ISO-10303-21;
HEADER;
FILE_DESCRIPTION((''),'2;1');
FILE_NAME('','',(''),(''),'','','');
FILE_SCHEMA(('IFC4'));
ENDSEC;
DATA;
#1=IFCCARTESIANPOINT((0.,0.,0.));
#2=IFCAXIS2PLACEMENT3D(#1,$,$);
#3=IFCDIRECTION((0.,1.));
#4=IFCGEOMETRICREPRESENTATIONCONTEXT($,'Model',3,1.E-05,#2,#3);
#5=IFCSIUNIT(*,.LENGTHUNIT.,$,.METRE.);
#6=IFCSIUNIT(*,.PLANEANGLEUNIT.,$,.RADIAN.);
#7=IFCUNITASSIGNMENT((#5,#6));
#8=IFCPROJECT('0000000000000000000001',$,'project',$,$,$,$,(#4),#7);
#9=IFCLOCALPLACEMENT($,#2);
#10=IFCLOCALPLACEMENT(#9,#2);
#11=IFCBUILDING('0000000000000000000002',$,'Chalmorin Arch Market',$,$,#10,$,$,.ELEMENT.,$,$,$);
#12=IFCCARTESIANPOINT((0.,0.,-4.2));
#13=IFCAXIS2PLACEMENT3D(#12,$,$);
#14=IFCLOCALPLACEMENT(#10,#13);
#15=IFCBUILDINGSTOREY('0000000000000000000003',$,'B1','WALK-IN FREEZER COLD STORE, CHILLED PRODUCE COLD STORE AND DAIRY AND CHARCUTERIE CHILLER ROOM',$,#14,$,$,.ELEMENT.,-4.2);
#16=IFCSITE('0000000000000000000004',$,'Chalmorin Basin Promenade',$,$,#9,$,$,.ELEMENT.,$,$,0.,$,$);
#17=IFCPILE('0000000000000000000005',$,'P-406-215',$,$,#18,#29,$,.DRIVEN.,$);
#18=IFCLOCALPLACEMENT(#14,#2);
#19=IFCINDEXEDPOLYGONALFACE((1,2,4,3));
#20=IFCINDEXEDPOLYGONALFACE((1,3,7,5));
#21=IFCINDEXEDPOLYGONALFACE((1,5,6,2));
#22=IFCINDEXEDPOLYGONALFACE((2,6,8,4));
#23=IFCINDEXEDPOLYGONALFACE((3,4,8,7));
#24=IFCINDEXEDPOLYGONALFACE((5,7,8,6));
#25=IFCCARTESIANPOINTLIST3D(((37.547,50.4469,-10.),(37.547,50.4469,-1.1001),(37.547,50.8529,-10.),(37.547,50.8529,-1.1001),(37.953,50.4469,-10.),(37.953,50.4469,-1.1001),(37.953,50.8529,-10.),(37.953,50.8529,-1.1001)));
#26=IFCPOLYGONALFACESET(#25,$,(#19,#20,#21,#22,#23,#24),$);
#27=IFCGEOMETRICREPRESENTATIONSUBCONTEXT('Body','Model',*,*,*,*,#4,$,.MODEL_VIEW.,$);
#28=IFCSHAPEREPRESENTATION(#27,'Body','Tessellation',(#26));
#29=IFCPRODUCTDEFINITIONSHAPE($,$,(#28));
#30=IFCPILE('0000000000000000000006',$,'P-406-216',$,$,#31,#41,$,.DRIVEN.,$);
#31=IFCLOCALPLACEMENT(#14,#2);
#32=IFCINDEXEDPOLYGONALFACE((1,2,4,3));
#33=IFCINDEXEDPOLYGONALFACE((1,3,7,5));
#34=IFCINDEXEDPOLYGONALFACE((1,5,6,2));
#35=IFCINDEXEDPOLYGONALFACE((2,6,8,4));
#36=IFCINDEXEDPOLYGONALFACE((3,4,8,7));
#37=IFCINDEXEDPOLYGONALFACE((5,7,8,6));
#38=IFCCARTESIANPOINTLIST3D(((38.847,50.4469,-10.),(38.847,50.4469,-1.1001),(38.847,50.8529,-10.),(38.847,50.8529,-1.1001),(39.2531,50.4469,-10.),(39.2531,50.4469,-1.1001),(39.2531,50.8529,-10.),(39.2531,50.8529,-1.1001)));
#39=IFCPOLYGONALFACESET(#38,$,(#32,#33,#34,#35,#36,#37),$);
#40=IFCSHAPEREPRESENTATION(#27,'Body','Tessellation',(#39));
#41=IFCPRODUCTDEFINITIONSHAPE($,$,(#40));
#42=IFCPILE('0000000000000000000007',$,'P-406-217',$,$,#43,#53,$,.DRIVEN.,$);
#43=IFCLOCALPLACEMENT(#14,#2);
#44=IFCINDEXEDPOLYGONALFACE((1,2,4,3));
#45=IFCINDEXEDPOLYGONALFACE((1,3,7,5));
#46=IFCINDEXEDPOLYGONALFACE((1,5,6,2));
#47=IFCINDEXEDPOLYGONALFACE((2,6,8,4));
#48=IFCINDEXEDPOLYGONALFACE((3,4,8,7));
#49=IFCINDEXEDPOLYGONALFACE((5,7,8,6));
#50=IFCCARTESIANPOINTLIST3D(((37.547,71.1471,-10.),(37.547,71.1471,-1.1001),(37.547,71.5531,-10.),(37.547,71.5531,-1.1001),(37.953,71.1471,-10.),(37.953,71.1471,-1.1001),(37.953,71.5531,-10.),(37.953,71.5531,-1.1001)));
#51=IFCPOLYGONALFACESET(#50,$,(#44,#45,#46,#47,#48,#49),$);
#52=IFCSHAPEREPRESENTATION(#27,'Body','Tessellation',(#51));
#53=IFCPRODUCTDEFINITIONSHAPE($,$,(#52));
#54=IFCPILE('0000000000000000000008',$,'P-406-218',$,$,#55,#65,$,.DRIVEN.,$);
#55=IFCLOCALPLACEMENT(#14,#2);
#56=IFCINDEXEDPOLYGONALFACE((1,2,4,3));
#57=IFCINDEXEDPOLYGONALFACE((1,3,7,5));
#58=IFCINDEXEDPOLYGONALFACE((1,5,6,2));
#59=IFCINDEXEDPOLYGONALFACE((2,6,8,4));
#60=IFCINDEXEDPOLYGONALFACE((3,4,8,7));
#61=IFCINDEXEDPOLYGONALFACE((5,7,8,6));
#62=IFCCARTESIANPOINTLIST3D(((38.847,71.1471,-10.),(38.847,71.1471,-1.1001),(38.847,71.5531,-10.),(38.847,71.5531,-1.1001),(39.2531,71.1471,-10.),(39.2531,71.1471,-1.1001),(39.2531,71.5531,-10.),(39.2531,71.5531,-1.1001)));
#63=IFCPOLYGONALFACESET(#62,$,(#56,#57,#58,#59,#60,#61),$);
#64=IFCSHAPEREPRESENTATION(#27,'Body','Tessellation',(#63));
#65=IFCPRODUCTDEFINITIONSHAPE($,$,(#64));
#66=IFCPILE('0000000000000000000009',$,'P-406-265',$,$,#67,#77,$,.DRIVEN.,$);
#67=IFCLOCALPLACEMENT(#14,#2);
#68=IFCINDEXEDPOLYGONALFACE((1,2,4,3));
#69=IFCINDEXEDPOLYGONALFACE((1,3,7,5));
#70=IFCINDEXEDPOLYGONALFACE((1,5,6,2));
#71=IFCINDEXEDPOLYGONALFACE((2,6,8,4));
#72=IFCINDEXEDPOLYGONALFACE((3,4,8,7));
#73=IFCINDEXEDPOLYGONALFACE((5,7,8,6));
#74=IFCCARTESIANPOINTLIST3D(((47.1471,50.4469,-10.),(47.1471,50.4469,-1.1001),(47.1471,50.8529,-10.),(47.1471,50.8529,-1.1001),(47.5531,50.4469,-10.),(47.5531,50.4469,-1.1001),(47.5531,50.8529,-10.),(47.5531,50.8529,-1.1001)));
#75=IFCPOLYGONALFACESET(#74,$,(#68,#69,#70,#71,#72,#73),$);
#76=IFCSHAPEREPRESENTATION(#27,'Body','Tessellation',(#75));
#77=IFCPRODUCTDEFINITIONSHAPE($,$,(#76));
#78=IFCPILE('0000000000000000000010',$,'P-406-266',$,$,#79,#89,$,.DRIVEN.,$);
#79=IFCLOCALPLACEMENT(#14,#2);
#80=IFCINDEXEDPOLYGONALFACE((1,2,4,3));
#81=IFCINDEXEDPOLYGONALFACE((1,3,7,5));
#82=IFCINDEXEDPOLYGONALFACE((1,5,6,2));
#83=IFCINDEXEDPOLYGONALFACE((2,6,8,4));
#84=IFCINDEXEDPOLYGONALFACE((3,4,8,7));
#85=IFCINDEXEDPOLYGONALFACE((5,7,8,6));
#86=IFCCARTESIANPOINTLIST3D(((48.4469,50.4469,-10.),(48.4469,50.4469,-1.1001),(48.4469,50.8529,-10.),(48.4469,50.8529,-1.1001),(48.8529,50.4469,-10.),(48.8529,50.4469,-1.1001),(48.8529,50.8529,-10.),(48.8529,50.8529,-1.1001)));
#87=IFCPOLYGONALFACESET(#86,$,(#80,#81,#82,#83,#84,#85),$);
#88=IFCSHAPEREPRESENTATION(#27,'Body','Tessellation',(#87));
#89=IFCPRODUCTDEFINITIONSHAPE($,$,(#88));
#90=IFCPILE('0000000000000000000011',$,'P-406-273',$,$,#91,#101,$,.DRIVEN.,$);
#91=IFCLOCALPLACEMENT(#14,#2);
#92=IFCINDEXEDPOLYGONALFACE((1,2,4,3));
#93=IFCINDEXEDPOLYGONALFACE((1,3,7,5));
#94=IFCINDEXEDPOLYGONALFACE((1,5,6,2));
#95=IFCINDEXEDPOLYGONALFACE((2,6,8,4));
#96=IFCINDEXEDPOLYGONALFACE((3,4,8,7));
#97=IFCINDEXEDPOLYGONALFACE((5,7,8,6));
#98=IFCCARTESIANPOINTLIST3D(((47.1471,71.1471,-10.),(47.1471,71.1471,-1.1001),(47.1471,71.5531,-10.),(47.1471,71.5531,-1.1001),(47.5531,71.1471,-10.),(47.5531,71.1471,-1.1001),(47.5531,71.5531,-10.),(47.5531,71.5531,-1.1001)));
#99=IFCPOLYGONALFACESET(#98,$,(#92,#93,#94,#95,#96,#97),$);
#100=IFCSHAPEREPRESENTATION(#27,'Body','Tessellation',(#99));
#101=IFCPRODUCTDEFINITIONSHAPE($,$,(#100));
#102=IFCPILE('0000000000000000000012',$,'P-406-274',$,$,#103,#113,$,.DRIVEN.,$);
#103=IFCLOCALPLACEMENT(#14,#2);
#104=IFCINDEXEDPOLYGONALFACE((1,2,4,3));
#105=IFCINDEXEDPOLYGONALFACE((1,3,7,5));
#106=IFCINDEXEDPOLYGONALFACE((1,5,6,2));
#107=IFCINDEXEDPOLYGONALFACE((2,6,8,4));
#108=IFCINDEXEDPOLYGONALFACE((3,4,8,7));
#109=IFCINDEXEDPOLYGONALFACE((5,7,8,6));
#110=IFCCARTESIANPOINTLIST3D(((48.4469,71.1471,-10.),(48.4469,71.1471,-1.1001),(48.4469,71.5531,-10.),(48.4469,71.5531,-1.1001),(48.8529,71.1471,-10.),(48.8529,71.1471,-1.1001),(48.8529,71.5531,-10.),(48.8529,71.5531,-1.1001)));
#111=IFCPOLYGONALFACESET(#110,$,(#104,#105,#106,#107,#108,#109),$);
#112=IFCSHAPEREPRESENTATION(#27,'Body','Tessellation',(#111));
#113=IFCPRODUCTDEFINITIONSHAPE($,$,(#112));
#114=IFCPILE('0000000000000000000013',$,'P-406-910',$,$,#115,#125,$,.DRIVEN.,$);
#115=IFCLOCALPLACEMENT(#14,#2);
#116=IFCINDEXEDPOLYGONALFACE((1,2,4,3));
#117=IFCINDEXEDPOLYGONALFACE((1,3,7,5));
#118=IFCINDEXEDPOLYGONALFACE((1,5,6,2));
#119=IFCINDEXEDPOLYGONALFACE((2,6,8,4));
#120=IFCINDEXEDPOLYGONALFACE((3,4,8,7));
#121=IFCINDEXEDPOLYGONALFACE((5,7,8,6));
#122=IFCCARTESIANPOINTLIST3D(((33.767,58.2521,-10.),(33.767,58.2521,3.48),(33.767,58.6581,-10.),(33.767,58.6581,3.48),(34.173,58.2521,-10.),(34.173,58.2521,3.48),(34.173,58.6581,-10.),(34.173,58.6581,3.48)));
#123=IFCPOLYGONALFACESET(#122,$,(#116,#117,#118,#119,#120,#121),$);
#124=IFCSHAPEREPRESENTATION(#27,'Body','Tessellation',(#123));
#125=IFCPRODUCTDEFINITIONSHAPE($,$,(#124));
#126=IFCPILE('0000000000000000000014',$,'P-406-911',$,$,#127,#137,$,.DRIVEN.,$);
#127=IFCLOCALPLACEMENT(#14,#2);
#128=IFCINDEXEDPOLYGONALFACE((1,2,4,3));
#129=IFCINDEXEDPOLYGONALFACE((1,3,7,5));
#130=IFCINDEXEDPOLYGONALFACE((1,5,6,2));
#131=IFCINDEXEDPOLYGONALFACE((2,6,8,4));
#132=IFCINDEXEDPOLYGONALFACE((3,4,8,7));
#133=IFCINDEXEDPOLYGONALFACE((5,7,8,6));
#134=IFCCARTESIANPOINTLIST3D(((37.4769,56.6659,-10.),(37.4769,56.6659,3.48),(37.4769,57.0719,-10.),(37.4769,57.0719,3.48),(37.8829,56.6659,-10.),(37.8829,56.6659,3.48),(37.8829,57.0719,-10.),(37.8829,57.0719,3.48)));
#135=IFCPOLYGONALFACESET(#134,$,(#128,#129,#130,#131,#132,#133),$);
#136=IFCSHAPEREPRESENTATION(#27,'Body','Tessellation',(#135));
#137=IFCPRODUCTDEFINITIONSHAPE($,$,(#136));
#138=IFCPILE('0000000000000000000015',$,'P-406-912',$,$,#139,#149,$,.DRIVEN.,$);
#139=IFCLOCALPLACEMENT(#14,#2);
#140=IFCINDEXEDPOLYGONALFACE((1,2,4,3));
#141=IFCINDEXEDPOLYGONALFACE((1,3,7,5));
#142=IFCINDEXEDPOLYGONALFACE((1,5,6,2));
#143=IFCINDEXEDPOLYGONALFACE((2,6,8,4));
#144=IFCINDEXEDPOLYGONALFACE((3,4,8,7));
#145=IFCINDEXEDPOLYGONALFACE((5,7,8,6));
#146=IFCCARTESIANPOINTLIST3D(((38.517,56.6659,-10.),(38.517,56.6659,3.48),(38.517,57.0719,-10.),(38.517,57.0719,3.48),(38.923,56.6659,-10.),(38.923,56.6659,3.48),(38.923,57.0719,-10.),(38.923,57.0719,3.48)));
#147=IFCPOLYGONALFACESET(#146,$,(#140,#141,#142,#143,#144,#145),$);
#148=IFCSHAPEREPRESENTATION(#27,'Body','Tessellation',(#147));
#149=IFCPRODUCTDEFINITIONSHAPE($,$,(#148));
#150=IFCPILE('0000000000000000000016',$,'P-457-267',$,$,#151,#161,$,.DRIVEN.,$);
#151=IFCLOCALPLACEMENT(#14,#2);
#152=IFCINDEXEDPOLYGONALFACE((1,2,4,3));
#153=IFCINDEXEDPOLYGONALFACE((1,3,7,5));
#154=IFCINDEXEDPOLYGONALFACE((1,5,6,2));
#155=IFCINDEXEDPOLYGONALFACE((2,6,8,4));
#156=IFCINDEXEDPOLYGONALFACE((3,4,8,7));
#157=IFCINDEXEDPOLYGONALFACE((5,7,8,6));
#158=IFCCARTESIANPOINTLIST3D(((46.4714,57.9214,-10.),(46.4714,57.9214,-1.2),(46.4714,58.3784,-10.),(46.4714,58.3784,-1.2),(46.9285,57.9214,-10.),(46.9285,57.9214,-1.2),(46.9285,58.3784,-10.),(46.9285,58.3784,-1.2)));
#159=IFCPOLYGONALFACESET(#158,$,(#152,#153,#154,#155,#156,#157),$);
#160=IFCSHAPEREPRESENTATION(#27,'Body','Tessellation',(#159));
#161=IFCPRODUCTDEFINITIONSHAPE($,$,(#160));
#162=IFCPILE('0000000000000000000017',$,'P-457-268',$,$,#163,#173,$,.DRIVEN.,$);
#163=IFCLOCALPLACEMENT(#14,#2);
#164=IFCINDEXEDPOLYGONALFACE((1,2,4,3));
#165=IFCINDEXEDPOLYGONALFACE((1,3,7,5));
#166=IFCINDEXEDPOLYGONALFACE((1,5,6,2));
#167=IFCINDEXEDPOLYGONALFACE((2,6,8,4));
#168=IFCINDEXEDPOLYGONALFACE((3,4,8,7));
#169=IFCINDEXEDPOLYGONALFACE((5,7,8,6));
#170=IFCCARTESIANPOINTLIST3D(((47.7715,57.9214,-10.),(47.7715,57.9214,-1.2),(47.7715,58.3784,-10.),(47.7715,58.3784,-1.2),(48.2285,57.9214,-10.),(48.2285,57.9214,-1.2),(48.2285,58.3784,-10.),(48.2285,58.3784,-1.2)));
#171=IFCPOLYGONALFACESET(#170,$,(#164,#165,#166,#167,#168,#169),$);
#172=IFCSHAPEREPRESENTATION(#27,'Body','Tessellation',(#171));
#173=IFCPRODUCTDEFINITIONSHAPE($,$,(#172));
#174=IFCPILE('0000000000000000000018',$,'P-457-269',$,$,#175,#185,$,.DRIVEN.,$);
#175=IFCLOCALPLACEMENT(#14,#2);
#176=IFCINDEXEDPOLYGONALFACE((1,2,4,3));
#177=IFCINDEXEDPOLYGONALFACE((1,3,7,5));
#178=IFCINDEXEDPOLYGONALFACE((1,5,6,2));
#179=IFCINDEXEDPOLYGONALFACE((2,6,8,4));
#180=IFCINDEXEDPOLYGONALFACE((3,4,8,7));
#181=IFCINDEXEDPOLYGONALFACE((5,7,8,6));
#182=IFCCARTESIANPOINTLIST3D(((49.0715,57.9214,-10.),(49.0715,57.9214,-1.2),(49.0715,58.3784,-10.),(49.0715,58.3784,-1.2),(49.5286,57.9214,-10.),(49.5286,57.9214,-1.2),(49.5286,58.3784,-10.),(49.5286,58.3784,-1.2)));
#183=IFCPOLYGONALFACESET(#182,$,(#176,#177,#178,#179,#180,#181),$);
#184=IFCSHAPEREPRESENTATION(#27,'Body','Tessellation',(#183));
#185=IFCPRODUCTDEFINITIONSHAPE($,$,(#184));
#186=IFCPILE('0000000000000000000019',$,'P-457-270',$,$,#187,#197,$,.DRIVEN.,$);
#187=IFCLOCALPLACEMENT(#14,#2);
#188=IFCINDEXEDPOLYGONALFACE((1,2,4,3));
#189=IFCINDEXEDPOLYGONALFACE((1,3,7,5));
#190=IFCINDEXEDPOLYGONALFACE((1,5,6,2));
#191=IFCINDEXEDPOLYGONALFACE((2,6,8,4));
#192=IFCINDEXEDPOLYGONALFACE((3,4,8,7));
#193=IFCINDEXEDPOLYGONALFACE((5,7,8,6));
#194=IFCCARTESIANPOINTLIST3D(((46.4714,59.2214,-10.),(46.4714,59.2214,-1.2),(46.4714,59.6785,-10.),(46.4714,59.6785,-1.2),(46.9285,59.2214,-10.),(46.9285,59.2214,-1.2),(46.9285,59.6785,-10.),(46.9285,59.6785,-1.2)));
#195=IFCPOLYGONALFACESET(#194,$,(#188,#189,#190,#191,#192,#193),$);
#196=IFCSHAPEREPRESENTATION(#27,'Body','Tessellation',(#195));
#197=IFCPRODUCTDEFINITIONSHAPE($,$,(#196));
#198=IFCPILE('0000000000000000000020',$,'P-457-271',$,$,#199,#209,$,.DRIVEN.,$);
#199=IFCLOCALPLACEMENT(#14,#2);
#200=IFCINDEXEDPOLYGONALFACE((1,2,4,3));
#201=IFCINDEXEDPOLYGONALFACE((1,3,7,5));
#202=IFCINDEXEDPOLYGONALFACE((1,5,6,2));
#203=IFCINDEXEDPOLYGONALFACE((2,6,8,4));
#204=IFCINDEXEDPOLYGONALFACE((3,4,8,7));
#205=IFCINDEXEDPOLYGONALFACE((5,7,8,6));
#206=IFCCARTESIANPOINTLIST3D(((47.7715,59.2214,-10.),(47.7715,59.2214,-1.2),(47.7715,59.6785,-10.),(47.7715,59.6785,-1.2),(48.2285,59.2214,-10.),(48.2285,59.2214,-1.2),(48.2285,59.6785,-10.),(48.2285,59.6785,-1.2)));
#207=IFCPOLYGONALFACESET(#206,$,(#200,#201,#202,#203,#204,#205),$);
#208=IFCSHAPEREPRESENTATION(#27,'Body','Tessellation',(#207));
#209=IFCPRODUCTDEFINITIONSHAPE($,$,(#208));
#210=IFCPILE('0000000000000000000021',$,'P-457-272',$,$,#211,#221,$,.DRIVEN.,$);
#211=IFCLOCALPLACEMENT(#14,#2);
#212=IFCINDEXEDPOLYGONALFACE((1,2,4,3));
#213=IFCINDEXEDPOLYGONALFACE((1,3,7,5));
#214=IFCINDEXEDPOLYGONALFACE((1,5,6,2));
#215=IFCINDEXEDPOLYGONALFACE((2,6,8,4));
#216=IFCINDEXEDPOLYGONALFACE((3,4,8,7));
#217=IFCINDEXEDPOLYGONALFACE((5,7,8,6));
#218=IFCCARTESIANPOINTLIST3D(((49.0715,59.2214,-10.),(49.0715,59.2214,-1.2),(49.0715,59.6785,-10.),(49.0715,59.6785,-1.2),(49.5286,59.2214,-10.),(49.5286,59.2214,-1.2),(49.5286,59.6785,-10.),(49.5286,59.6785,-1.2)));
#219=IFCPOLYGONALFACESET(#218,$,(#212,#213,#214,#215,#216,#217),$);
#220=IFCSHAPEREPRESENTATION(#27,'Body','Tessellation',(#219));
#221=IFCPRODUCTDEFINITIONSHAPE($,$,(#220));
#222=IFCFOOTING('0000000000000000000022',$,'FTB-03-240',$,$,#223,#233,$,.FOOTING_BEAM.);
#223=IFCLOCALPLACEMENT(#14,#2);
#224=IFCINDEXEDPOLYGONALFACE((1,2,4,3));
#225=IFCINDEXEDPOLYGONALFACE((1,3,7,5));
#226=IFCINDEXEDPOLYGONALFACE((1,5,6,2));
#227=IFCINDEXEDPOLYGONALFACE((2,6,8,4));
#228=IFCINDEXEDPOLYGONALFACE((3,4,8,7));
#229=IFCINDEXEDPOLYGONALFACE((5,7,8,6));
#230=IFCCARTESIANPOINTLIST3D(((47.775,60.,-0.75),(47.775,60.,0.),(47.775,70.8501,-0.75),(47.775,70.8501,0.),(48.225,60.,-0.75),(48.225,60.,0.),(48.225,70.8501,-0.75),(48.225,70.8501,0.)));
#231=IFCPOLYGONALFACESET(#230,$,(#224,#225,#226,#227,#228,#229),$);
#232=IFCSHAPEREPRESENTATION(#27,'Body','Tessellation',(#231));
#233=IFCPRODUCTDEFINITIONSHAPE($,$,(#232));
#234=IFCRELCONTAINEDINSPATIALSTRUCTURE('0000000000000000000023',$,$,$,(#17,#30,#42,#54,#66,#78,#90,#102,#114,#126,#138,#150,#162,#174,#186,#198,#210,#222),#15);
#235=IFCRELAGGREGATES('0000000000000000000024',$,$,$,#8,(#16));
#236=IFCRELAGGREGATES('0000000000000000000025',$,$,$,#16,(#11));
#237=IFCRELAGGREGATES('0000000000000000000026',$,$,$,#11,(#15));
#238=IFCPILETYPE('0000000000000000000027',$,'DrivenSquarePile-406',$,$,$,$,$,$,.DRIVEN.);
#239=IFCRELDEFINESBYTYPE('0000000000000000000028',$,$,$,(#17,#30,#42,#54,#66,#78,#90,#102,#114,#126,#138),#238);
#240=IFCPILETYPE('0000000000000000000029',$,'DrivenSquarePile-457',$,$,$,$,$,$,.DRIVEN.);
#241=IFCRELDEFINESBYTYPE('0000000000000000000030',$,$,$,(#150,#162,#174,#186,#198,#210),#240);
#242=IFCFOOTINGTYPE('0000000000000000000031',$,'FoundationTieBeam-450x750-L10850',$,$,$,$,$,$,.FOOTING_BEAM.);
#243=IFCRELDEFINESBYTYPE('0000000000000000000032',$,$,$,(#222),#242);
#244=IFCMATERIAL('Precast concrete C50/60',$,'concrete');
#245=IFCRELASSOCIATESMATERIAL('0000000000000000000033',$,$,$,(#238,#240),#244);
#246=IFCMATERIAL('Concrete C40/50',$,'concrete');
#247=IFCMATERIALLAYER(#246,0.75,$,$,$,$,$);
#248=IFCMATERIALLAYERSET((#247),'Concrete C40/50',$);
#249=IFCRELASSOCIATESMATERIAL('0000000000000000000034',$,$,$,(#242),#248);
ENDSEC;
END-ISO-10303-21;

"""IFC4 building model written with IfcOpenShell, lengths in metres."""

from ifc_helpers import new_model, si_unit, direction, frame, origin, origin_2d, place, context, subcontext, project, spatial, rectangle, extrude, material, layer, layer_set, material_profile, profile_set, type_object, element, save


model = new_model("IFC4")

# Units and contexts
model_context = context("Model", 3, precision=1e-05, world=origin(), true_north=direction((0.0, 1.0)))
body_context = subcontext(model_context, "Body", "Model", "MODEL_VIEW")
ifc_project = project(units=[si_unit("LENGTHUNIT", "METRE"), si_unit("PLANEANGLEUNIT", "RADIAN")], contexts=[model_context])

# Site, building, storey
site_placement = place(None, origin())
site = spatial("IfcSite", under=ifc_project, at=site_placement, Name="Chalmorin Basin Promenade", CompositionType="ELEMENT", RefElevation=0.0)
building_placement = place(site_placement, origin())
building = spatial("IfcBuilding", under=site, at=building_placement, Name="Chalmorin Arch Market", CompositionType="ELEMENT")
storey_placement = place(building_placement, frame((0.0, 0.0, -4.2)))
storey = spatial("IfcBuildingStorey", under=building, at=storey_placement, Name="B1", Description="WALK-IN FREEZER COLD STORE, CHILLED PRODUCE COLD STORE AND DAIRY AND CHARCUTERIE CHILLER ROOM", CompositionType="ELEMENT", Elevation=-4.2)

# Piles
ifc_material_1 = material(Name="Precast concrete C50/60", Category="concrete")
ifc_material_profile_1 = material_profile(ifc_material_1, rectangle(XDim=0.406, YDim=0.406, at=origin_2d()), Name="PPC406")
ifc_profile_set_1 = profile_set([ifc_material_profile_1], Name="Precast concrete C50/60")
pile_type_1 = type_object("IfcPileType", Name="DrivenSquarePile-406", PredefinedType="DRIVEN", material=ifc_profile_set_1)
for number, where, z_axis, x_axis, name in (
    (1, (37.75, 50.6499, -1.1001), (0.0, 0.0, -1.0), (1.0, 0.0, 0.0), "P-406-215"),
    (2, (39.05, 50.6499, -1.1001), (0.0, 0.0, -1.0), (1.0, 0.0, 0.0), "P-406-216"),
    (3, (37.75, 71.3501, -1.1001), (0.0, 0.0, -1.0), (1.0, 0.0, 0.0), "P-406-217"),
    (4, (39.05, 71.3501, -1.1001), (0.0, 0.0, -1.0), (1.0, 0.0, 0.0), "P-406-218"),
    (5, (47.3501, 50.6499, -1.1001), (0.0, 0.0, -1.0), (1.0, 0.0, 0.0), "P-406-265"),
    (6, (48.6499, 50.6499, -1.1001), (0.0, 0.0, -1.0), (1.0, 0.0, 0.0), "P-406-266"),
    (7, (47.3501, 71.3501, -1.1001), (0.0, 0.0, -1.0), (1.0, 0.0, 0.0), "P-406-273"),
    (8, (48.6499, 71.3501, -1.1001), (0.0, 0.0, -1.0), (1.0, 0.0, 0.0), "P-406-274"),
):
    element("IfcPile", number, at=place(storey_placement, frame(where, z_axis=z_axis, x_axis=x_axis)), inside=storey, type_object=pile_type_1, Name=name, PredefinedType="DRIVEN", context=body_context, shape_type="SweptSolid", body=[
        extrude(rectangle(XDim=0.406, YDim=0.406, at=origin_2d()), origin(), (0.0, 0.0, 1.0), 8.8999),
    ])
for number, where, z_axis, x_axis, name in (
    (9, (33.97, 58.4551, 3.48), (0.0, 0.0, -1.0), (1.0, 0.0, 0.0), "P-406-910"),
    (10, (37.6799, 56.8689, 3.48), (0.0, 0.0, -1.0), (1.0, 0.0, 0.0), "P-406-911"),
    (11, (38.72, 56.8689, 3.48), (0.0, 0.0, -1.0), (1.0, 0.0, 0.0), "P-406-912"),
):
    element("IfcPile", number, at=place(storey_placement, frame(where, z_axis=z_axis, x_axis=x_axis)), inside=storey, type_object=pile_type_1, Name=name, PredefinedType="DRIVEN", context=body_context, shape_type="SweptSolid", body=[
        extrude(rectangle(XDim=0.406, YDim=0.406, at=origin_2d()), origin(), (0.0, 0.0, 1.0), 13.48),
    ])
ifc_material_profile_2 = material_profile(ifc_material_1, rectangle(XDim=0.457, YDim=0.457, at=origin_2d()), Name="PPC457")
ifc_profile_set_2 = profile_set([ifc_material_profile_2], Name="Precast concrete C50/60")
pile_type_2 = type_object("IfcPileType", Name="DrivenSquarePile-457", PredefinedType="DRIVEN", material=ifc_profile_set_2)
for number, where, z_axis, x_axis, name in (
    (12, (46.7, 58.1499, -1.2), (0.0, 0.0, -1.0), (1.0, 0.0, 0.0), "P-457-267"),
    (13, (48.0, 58.1499, -1.2), (0.0, 0.0, -1.0), (1.0, 0.0, 0.0), "P-457-268"),
    (14, (49.3, 58.1499, -1.2), (0.0, 0.0, -1.0), (1.0, 0.0, 0.0), "P-457-269"),
    (15, (46.7, 59.45, -1.2), (0.0, 0.0, -1.0), (1.0, 0.0, 0.0), "P-457-270"),
    (16, (48.0, 59.45, -1.2), (0.0, 0.0, -1.0), (1.0, 0.0, 0.0), "P-457-271"),
    (17, (49.3, 59.45, -1.2), (0.0, 0.0, -1.0), (1.0, 0.0, 0.0), "P-457-272"),
):
    element("IfcPile", number, at=place(storey_placement, frame(where, z_axis=z_axis, x_axis=x_axis)), inside=storey, type_object=pile_type_2, Name=name, PredefinedType="DRIVEN", context=body_context, shape_type="SweptSolid", body=[
        extrude(rectangle(XDim=0.457, YDim=0.457, at=origin_2d()), origin(), (0.0, 0.0, 1.0), 8.8),
    ])

# Footing
ifc_material_2 = material(Name="Concrete C40/50", Category="concrete")
ifc_layer_1 = layer(ifc_material_2, 0.75)
ifc_layer_set_1 = layer_set([ifc_layer_1], Name="Concrete C40/50")
footing_type_1 = type_object("IfcFootingType", Name="FoundationTieBeam-450x750-L10850", PredefinedType="FOOTING_BEAM", material=ifc_layer_set_1)
footing_1_placement = place(storey_placement, frame((48.0, 65.425, -0.75), z_axis=(0.0, 0.0, 1.0), x_axis=(0.0, 1.0, 0.0)))
element("IfcFooting", 18, at=footing_1_placement, inside=storey, type_object=footing_type_1, Name="FTB-03-240", PredefinedType="FOOTING_BEAM", context=body_context, shape_type="SweptSolid", body=[
    extrude(rectangle(XDim=10.8501, YDim=0.45, at=origin_2d()), origin(), (0.0, 0.0, 1.0), 0.75),
])

save(model, "model.ifc")
